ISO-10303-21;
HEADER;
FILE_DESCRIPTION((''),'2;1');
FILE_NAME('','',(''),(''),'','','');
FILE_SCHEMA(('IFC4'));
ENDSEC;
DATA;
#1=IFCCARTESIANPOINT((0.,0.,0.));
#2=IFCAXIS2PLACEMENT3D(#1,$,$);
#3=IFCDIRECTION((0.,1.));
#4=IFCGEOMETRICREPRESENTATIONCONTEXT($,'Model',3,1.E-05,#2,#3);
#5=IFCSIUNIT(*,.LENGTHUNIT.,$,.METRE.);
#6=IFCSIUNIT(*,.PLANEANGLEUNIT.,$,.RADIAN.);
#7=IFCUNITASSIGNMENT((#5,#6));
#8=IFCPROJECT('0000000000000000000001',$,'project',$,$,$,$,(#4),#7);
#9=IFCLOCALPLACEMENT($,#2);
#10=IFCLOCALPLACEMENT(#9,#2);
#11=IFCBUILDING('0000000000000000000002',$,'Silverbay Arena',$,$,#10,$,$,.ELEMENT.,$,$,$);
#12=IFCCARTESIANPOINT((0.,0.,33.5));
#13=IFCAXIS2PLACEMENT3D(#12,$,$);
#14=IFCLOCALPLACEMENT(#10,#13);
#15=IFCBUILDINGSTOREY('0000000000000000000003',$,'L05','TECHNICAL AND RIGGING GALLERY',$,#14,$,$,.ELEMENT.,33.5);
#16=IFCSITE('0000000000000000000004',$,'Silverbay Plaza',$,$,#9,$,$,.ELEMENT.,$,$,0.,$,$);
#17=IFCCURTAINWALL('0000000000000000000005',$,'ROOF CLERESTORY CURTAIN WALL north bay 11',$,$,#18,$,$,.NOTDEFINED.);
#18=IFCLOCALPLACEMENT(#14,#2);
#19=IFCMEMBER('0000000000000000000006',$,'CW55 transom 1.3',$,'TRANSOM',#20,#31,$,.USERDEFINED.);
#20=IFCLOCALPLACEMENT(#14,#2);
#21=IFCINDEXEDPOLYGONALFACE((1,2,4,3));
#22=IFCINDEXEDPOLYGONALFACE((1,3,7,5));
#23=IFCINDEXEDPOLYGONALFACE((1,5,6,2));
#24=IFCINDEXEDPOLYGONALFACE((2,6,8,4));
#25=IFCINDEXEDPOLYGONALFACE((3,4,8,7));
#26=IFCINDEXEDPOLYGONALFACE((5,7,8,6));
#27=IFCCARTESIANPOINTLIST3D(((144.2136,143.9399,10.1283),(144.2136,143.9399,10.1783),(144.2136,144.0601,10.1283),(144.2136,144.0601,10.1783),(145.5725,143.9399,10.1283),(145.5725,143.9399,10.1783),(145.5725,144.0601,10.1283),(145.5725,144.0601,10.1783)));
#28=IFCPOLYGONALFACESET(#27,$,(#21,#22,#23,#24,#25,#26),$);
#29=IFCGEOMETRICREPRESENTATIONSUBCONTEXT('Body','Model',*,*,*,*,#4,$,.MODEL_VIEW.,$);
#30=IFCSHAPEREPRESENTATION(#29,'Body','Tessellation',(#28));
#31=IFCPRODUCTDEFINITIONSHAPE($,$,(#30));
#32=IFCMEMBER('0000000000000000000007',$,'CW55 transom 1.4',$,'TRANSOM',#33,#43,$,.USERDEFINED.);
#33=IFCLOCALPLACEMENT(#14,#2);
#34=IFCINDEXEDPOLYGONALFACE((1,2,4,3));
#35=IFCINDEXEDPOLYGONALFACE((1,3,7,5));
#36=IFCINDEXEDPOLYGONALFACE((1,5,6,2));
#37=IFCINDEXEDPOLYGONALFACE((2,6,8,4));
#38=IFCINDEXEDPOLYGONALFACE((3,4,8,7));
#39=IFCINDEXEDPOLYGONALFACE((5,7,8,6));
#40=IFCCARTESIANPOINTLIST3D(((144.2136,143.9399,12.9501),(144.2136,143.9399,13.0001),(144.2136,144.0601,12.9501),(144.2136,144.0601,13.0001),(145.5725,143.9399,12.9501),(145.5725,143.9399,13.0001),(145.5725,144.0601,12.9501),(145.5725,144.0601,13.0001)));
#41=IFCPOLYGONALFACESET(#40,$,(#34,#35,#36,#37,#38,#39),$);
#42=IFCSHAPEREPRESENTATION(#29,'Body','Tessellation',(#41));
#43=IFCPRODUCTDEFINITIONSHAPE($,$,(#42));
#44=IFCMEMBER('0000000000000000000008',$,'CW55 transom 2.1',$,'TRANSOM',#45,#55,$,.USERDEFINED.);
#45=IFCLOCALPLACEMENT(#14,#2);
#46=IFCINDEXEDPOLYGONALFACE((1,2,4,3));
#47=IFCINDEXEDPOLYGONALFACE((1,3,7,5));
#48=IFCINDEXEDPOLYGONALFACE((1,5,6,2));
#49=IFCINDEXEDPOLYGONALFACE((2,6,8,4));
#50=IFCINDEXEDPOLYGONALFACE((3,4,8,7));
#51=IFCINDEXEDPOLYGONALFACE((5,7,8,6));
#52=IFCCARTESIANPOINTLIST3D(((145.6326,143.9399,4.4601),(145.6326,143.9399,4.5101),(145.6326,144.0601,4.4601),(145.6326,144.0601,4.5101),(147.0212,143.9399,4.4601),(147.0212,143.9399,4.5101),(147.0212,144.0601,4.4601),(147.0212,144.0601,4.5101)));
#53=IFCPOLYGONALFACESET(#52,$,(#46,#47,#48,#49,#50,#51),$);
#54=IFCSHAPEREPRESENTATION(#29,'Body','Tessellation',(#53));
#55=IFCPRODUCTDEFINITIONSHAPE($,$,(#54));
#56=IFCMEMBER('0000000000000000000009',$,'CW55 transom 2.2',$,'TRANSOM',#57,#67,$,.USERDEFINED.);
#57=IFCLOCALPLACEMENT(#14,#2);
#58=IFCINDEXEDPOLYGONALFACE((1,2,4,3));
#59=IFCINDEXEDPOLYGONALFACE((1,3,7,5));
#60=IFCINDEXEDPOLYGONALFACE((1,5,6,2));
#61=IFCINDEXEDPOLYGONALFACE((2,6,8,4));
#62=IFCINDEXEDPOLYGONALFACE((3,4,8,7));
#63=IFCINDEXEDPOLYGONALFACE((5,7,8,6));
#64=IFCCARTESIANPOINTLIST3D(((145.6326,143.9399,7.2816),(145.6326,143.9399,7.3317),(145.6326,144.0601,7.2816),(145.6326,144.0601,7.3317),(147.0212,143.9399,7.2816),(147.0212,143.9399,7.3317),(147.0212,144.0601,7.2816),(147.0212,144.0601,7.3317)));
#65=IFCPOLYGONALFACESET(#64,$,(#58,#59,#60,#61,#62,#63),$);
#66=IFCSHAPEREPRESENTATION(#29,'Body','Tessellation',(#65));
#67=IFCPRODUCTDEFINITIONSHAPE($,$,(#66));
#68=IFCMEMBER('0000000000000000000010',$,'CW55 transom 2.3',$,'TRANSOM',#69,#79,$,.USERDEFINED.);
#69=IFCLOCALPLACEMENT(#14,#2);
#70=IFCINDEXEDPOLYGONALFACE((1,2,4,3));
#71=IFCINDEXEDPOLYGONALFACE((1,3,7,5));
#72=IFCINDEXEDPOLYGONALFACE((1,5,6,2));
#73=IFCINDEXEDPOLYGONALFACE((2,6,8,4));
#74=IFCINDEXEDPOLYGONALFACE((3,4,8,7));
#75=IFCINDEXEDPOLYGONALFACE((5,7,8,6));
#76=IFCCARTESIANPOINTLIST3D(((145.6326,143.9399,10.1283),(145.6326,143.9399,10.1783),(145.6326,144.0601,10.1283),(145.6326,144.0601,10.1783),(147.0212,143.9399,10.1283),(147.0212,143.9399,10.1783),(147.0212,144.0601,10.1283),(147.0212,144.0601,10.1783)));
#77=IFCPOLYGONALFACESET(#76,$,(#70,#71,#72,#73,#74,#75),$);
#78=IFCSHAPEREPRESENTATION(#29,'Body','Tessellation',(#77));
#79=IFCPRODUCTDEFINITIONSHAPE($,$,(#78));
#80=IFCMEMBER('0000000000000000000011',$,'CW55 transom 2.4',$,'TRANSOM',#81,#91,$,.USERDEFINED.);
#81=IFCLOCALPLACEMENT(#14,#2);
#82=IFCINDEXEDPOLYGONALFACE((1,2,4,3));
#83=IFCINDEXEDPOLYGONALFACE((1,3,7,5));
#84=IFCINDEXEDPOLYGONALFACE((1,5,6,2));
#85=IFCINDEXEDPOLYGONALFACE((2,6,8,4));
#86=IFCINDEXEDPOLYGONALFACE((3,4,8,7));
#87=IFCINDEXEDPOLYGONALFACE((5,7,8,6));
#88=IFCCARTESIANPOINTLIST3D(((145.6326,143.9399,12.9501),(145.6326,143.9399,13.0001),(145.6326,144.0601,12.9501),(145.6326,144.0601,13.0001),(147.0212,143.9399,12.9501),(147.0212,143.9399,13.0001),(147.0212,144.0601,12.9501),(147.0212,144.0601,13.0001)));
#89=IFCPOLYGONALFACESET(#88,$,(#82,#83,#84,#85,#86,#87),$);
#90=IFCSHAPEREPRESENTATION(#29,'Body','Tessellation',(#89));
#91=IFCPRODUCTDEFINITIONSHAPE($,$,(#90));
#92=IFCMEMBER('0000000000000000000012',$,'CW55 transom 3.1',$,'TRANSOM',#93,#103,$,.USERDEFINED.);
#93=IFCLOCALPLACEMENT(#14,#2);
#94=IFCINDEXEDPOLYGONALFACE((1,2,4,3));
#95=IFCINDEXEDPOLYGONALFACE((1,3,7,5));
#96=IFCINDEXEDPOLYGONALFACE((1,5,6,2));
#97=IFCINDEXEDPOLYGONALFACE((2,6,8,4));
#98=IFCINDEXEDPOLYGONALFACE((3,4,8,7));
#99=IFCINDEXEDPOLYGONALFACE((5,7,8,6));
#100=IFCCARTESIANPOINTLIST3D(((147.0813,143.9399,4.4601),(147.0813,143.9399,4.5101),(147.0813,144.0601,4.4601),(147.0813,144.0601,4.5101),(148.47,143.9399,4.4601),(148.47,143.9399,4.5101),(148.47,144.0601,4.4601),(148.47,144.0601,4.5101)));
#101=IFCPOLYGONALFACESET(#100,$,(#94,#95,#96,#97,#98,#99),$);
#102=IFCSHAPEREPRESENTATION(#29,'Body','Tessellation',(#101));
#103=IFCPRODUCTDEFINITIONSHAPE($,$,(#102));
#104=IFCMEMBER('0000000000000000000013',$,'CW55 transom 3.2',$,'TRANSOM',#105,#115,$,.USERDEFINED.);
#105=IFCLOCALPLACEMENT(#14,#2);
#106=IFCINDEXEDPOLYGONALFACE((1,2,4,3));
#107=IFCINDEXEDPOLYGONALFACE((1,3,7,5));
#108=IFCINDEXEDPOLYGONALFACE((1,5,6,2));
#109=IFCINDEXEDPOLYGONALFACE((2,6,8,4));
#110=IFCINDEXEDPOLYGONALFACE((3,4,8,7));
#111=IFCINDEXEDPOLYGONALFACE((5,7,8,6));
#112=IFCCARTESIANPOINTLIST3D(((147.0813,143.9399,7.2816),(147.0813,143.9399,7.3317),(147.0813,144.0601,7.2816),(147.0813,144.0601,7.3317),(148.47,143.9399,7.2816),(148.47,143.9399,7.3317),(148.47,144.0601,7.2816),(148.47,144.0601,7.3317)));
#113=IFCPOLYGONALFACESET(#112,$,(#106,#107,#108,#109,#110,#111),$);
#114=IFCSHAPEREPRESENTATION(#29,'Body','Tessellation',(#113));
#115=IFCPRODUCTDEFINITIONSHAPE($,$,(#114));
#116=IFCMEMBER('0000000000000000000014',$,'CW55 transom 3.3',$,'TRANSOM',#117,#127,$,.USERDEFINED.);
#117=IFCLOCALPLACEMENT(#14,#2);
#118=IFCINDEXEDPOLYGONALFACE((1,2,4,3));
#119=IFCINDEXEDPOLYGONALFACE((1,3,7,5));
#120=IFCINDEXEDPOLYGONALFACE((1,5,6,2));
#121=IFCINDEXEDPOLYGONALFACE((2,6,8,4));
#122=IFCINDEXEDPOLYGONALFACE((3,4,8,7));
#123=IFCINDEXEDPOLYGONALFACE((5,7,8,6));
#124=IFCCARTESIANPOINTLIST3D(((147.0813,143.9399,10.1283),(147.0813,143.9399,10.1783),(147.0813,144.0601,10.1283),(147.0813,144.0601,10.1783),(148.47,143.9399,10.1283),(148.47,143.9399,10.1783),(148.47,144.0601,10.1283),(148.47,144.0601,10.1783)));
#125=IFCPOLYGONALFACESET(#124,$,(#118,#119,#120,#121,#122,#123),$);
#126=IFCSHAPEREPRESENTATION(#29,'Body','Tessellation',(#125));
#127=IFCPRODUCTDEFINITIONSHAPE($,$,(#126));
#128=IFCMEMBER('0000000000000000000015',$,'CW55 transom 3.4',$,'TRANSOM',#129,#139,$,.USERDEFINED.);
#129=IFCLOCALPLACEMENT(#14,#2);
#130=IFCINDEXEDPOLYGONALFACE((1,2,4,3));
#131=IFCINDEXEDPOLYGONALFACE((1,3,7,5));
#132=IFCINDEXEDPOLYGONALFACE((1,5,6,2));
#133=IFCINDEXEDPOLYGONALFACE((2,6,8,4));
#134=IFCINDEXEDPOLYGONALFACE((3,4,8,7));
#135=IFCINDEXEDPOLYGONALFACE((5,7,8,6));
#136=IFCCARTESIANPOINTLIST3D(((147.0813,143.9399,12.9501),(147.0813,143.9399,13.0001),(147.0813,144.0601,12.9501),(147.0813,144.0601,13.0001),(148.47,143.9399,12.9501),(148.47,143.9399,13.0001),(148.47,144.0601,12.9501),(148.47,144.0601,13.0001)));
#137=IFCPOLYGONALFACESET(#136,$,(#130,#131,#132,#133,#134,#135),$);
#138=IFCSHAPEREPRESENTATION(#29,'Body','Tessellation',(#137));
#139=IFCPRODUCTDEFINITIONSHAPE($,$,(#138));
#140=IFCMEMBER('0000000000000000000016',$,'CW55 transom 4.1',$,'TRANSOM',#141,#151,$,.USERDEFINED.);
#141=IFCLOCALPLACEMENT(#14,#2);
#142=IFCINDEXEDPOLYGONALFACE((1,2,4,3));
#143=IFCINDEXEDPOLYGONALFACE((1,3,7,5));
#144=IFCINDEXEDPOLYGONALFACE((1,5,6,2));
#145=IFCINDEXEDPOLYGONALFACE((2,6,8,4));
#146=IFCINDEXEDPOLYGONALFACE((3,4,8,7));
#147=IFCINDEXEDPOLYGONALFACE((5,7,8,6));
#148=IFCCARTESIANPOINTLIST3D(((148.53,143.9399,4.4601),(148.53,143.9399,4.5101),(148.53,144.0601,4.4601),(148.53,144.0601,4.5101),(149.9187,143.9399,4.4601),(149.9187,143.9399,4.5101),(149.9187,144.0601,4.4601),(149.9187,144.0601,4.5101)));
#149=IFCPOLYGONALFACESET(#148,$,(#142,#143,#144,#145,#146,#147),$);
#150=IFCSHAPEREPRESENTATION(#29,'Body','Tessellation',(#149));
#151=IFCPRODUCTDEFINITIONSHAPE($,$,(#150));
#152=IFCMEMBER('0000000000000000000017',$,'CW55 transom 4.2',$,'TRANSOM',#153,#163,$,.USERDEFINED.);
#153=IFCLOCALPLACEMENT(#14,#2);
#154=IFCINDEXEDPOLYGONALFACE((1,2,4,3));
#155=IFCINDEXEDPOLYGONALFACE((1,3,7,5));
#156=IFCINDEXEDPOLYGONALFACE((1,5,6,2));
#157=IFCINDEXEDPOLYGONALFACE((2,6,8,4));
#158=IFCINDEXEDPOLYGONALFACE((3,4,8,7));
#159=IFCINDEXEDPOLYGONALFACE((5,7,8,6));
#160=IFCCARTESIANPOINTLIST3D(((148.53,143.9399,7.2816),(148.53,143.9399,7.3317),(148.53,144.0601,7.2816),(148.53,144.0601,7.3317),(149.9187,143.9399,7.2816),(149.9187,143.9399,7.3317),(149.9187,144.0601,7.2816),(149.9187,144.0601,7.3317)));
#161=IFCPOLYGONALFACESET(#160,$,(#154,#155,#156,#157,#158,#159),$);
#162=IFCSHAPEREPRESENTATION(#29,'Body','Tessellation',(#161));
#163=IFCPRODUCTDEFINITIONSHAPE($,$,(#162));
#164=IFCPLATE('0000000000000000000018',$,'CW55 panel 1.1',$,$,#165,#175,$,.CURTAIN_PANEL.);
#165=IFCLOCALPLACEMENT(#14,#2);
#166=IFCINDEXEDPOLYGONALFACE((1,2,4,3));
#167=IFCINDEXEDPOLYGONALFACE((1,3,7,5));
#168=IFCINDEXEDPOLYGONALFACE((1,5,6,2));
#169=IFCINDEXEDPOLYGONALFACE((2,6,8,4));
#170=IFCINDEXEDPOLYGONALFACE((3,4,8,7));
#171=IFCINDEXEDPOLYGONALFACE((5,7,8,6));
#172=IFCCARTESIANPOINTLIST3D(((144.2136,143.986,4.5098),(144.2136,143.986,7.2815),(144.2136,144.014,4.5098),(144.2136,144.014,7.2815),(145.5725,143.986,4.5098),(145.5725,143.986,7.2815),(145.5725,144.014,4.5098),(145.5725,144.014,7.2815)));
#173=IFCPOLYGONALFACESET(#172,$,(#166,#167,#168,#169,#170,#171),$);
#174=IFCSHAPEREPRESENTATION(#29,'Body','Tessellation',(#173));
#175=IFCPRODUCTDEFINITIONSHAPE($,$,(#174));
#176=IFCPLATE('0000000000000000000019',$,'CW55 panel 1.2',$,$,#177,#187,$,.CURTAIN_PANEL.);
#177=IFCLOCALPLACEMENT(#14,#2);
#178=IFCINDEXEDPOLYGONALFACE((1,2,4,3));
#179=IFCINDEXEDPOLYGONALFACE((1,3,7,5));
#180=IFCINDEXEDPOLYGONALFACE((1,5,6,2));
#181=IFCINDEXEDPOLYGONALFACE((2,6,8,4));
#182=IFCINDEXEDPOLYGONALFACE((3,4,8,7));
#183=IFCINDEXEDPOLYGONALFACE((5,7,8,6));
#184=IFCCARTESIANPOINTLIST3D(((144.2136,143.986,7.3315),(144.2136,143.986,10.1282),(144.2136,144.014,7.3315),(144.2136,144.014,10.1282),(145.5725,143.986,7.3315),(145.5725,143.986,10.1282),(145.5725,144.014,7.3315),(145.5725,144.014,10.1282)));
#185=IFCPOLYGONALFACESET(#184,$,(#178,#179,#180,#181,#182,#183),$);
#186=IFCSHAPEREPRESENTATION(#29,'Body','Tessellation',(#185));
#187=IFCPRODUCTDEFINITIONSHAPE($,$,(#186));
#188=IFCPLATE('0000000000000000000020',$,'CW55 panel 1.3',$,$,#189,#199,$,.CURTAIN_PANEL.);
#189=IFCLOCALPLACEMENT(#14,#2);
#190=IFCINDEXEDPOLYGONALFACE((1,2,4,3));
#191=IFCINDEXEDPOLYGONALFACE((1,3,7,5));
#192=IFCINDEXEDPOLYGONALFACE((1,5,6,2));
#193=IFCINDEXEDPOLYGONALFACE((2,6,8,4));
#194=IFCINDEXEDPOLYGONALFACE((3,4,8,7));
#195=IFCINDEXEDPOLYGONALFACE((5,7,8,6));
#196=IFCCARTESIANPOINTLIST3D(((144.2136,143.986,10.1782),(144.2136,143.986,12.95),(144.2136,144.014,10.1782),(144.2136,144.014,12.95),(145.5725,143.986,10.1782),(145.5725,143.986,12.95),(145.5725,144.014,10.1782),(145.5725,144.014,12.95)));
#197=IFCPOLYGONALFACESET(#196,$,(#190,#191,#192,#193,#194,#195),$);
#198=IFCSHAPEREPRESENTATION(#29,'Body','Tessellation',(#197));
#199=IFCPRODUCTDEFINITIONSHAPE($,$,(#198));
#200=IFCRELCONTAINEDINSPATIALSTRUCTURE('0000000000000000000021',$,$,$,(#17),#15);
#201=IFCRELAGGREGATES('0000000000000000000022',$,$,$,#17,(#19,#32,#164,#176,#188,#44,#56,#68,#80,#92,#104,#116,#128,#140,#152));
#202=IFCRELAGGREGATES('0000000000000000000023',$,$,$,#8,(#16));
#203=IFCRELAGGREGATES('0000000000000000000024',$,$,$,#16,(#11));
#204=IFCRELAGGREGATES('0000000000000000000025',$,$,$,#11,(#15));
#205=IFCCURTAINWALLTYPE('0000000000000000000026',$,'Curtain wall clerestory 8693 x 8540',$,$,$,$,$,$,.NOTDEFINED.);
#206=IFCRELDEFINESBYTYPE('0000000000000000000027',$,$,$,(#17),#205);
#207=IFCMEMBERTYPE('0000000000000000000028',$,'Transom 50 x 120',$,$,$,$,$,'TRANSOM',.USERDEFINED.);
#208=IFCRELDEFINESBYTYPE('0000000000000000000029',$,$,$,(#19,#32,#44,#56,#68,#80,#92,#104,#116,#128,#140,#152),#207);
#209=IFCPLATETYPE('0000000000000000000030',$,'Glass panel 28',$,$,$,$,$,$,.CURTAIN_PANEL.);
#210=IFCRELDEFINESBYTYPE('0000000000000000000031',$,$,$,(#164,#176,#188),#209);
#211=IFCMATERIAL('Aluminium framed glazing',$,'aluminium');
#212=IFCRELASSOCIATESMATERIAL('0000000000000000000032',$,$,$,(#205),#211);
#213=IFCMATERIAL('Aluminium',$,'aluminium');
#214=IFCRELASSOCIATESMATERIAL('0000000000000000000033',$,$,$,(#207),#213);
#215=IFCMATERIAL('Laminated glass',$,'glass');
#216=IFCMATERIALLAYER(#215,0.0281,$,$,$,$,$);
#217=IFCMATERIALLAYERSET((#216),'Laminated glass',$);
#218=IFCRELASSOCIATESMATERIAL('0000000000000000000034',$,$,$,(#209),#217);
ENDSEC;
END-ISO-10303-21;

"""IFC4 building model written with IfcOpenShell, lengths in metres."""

from ifc_helpers import new_model, si_unit, direction, frame, origin, origin_2d, place, context, subcontext, project, spatial, rectangle, extrude, material, layer, layer_set, material_profile, profile_set, type_object, element, aggregate, save


model = new_model("IFC4")

# Units and contexts
model_context = context("Model", 3, precision=1e-05, world=origin(), true_north=direction((0.0, 1.0)))
body_context = subcontext(model_context, "Body", "Model", "MODEL_VIEW")
ifc_project = project(units=[si_unit("LENGTHUNIT", "METRE"), si_unit("PLANEANGLEUNIT", "RADIAN")], contexts=[model_context])

# Site, building, storey
site_placement = place(None, origin())
site = spatial("IfcSite", under=ifc_project, at=site_placement, Name="Silverbay Plaza", CompositionType="ELEMENT", RefElevation=0.0)
building_placement = place(site_placement, origin())
building = spatial("IfcBuilding", under=site, at=building_placement, Name="Silverbay Arena", CompositionType="ELEMENT")
storey_placement = place(building_placement, frame((0.0, 0.0, 33.5)))
storey = spatial("IfcBuildingStorey", under=building, at=storey_placement, Name="L05", Description="TECHNICAL AND RIGGING GALLERY", CompositionType="ELEMENT", Elevation=33.5)

# Curtain wall
ifc_material_1 = material(Name="Aluminium framed glazing", Category="aluminium")
curtain_wall_type = type_object("IfcCurtainWallType", Name="Curtain wall clerestory 8693 x 8540", PredefinedType="NOTDEFINED", material=ifc_material_1)
curtain_wall_placement = place(storey_placement, origin())
curtain_wall = element("IfcCurtainWall", 1, at=curtain_wall_placement, inside=storey, type_object=curtain_wall_type, Name="ROOF CLERESTORY CURTAIN WALL north bay 11", PredefinedType="NOTDEFINED")

# Members
ifc_material_2 = material(Name="Aluminium", Category="aluminium")
ifc_material_profile_1 = material_profile(ifc_material_2, rectangle(XDim=0.1201, YDim=0.05, at=origin_2d()), Name="Transom 50 x 120")
ifc_profile_set_1 = profile_set([ifc_material_profile_1], Name="Aluminium")
member_type_1 = type_object("IfcMemberType", Name="Transom 50 x 120", ElementType="TRANSOM", PredefinedType="USERDEFINED", material=ifc_profile_set_1)
member_1_placement = place(storey_placement, frame((144.2136, 144.0, 10.1533), z_axis=(1.0, 0.0, 0.0), x_axis=(0.0, 1.0, 0.0)))
member_1 = element("IfcMember", 2, at=member_1_placement, type_object=member_type_1, Name="CW55 transom 1.3", ObjectType="TRANSOM", PredefinedType="USERDEFINED", context=body_context, shape_type="SweptSolid", body=[
    extrude(rectangle(XDim=0.1201, YDim=0.05, at=origin_2d()), origin(), (0.0, 0.0, 1.0), 1.3589),
])
member_2_placement = place(storey_placement, frame((144.2136, 144.0, 12.9751), z_axis=(1.0, 0.0, 0.0), x_axis=(0.0, 1.0, 0.0)))
member_2 = element("IfcMember", 3, at=member_2_placement, type_object=member_type_1, Name="CW55 transom 1.4", ObjectType="TRANSOM", PredefinedType="USERDEFINED", context=body_context, shape_type="SweptSolid", body=[
    extrude(rectangle(XDim=0.1201, YDim=0.05, at=origin_2d()), origin(), (0.0, 0.0, 1.0), 1.3589),
])
member_3_placement = place(storey_placement, frame((145.6326, 144.0, 4.4851), z_axis=(1.0, 0.0, 0.0), x_axis=(0.0, 1.0, 0.0)))
member_3 = element("IfcMember", 4, at=member_3_placement, type_object=member_type_1, Name="CW55 transom 2.1", ObjectType="TRANSOM", PredefinedType="USERDEFINED", context=body_context, shape_type="SweptSolid", body=[
    extrude(rectangle(XDim=0.1201, YDim=0.05, at=origin_2d()), origin(), (0.0, 0.0, 1.0), 1.3887),
])
member_4_placement = place(storey_placement, frame((145.6326, 144.0, 7.3066), z_axis=(1.0, 0.0, 0.0), x_axis=(0.0, 1.0, 0.0)))
member_4 = element("IfcMember", 5, at=member_4_placement, type_object=member_type_1, Name="CW55 transom 2.2", ObjectType="TRANSOM", PredefinedType="USERDEFINED", context=body_context, shape_type="SweptSolid", body=[
    extrude(rectangle(XDim=0.1201, YDim=0.05, at=origin_2d()), origin(), (0.0, 0.0, 1.0), 1.3887),
])
member_5_placement = place(storey_placement, frame((145.6326, 144.0, 10.1533), z_axis=(1.0, 0.0, 0.0), x_axis=(0.0, 1.0, 0.0)))
member_5 = element("IfcMember", 6, at=member_5_placement, type_object=member_type_1, Name="CW55 transom 2.3", ObjectType="TRANSOM", PredefinedType="USERDEFINED", context=body_context, shape_type="SweptSolid", body=[
    extrude(rectangle(XDim=0.1201, YDim=0.05, at=origin_2d()), origin(), (0.0, 0.0, 1.0), 1.3887),
])
member_6_placement = place(storey_placement, frame((145.6326, 144.0, 12.9751), z_axis=(1.0, 0.0, 0.0), x_axis=(0.0, 1.0, 0.0)))
member_6 = element("IfcMember", 7, at=member_6_placement, type_object=member_type_1, Name="CW55 transom 2.4", ObjectType="TRANSOM", PredefinedType="USERDEFINED", context=body_context, shape_type="SweptSolid", body=[
    extrude(rectangle(XDim=0.1201, YDim=0.05, at=origin_2d()), origin(), (0.0, 0.0, 1.0), 1.3887),
])
member_7_placement = place(storey_placement, frame((147.0813, 144.0, 4.4851), z_axis=(1.0, 0.0, 0.0), x_axis=(0.0, 1.0, 0.0)))
member_7 = element("IfcMember", 8, at=member_7_placement, type_object=member_type_1, Name="CW55 transom 3.1", ObjectType="TRANSOM", PredefinedType="USERDEFINED", context=body_context, shape_type="SweptSolid", body=[
    extrude(rectangle(XDim=0.1201, YDim=0.05, at=origin_2d()), origin(), (0.0, 0.0, 1.0), 1.3887),
])
member_8_placement = place(storey_placement, frame((147.0813, 144.0, 7.3066), z_axis=(1.0, 0.0, 0.0), x_axis=(0.0, 1.0, 0.0)))
member_8 = element("IfcMember", 9, at=member_8_placement, type_object=member_type_1, Name="CW55 transom 3.2", ObjectType="TRANSOM", PredefinedType="USERDEFINED", context=body_context, shape_type="SweptSolid", body=[
    extrude(rectangle(XDim=0.1201, YDim=0.05, at=origin_2d()), origin(), (0.0, 0.0, 1.0), 1.3887),
])
member_9_placement = place(storey_placement, frame((147.0813, 144.0, 10.1533), z_axis=(1.0, 0.0, 0.0), x_axis=(0.0, 1.0, 0.0)))
member_9 = element("IfcMember", 10, at=member_9_placement, type_object=member_type_1, Name="CW55 transom 3.3", ObjectType="TRANSOM", PredefinedType="USERDEFINED", context=body_context, shape_type="SweptSolid", body=[
    extrude(rectangle(XDim=0.1201, YDim=0.05, at=origin_2d()), origin(), (0.0, 0.0, 1.0), 1.3887),
])
member_10_placement = place(storey_placement, frame((147.0813, 144.0, 12.9751), z_axis=(1.0, 0.0, 0.0), x_axis=(0.0, 1.0, 0.0)))
member_10 = element("IfcMember", 11, at=member_10_placement, type_object=member_type_1, Name="CW55 transom 3.4", ObjectType="TRANSOM", PredefinedType="USERDEFINED", context=body_context, shape_type="SweptSolid", body=[
    extrude(rectangle(XDim=0.1201, YDim=0.05, at=origin_2d()), origin(), (0.0, 0.0, 1.0), 1.3887),
])
member_11_placement = place(storey_placement, frame((148.53, 144.0, 4.4851), z_axis=(1.0, 0.0, 0.0), x_axis=(0.0, 1.0, 0.0)))
member_11 = element("IfcMember", 12, at=member_11_placement, type_object=member_type_1, Name="CW55 transom 4.1", ObjectType="TRANSOM", PredefinedType="USERDEFINED", context=body_context, shape_type="SweptSolid", body=[
    extrude(rectangle(XDim=0.1201, YDim=0.05, at=origin_2d()), origin(), (0.0, 0.0, 1.0), 1.3887),
])
member_12_placement = place(storey_placement, frame((148.53, 144.0, 7.3066), z_axis=(1.0, 0.0, 0.0), x_axis=(0.0, 1.0, 0.0)))
member_12 = element("IfcMember", 13, at=member_12_placement, type_object=member_type_1, Name="CW55 transom 4.2", ObjectType="TRANSOM", PredefinedType="USERDEFINED", context=body_context, shape_type="SweptSolid", body=[
    extrude(rectangle(XDim=0.1201, YDim=0.05, at=origin_2d()), origin(), (0.0, 0.0, 1.0), 1.3887),
])

# Plates
ifc_material_3 = material(Name="Laminated glass", Category="glass")
ifc_layer_1 = layer(ifc_material_3, 0.0281)
ifc_layer_set_1 = layer_set([ifc_layer_1], Name="Laminated glass")
plate_type = type_object("IfcPlateType", Name="Glass panel 28", PredefinedType="CURTAIN_PANEL", material=ifc_layer_set_1)
plate_1_placement = place(storey_placement, frame((144.8931, 144.0, 4.5098), z_axis=(0.0, 0.0, 1.0), x_axis=(1.0, 0.0, 0.0)))
plate_1 = element("IfcPlate", 14, at=plate_1_placement, type_object=plate_type, Name="CW55 panel 1.1", PredefinedType="CURTAIN_PANEL", context=body_context, shape_type="SweptSolid", body=[
    extrude(rectangle(XDim=1.3589, YDim=0.0281, at=origin_2d()), origin(), (0.0, 0.0, 1.0), 2.7717),
])
plate_2_placement = place(storey_placement, frame((144.8931, 144.0, 7.3315), z_axis=(0.0, 0.0, 1.0), x_axis=(1.0, 0.0, 0.0)))
plate_2 = element("IfcPlate", 15, at=plate_2_placement, type_object=plate_type, Name="CW55 panel 1.2", PredefinedType="CURTAIN_PANEL", context=body_context, shape_type="SweptSolid", body=[
    extrude(rectangle(XDim=1.3589, YDim=0.0281, at=origin_2d()), origin(), (0.0, 0.0, 1.0), 2.7966),
])
plate_3_placement = place(storey_placement, frame((144.8931, 144.0, 10.1782), z_axis=(0.0, 0.0, 1.0), x_axis=(1.0, 0.0, 0.0)))
plate_3 = element("IfcPlate", 16, at=plate_3_placement, type_object=plate_type, Name="CW55 panel 1.3", PredefinedType="CURTAIN_PANEL", context=body_context, shape_type="SweptSolid", body=[
    extrude(rectangle(XDim=1.3589, YDim=0.0281, at=origin_2d()), origin(), (0.0, 0.0, 1.0), 2.7717),
])
aggregate(curtain_wall, [member_1, member_2, plate_1, plate_2, plate_3, member_3, member_4, member_5, member_6, member_7, member_8, member_9, member_10, member_11, member_12])

save(model, "model.ifc")
